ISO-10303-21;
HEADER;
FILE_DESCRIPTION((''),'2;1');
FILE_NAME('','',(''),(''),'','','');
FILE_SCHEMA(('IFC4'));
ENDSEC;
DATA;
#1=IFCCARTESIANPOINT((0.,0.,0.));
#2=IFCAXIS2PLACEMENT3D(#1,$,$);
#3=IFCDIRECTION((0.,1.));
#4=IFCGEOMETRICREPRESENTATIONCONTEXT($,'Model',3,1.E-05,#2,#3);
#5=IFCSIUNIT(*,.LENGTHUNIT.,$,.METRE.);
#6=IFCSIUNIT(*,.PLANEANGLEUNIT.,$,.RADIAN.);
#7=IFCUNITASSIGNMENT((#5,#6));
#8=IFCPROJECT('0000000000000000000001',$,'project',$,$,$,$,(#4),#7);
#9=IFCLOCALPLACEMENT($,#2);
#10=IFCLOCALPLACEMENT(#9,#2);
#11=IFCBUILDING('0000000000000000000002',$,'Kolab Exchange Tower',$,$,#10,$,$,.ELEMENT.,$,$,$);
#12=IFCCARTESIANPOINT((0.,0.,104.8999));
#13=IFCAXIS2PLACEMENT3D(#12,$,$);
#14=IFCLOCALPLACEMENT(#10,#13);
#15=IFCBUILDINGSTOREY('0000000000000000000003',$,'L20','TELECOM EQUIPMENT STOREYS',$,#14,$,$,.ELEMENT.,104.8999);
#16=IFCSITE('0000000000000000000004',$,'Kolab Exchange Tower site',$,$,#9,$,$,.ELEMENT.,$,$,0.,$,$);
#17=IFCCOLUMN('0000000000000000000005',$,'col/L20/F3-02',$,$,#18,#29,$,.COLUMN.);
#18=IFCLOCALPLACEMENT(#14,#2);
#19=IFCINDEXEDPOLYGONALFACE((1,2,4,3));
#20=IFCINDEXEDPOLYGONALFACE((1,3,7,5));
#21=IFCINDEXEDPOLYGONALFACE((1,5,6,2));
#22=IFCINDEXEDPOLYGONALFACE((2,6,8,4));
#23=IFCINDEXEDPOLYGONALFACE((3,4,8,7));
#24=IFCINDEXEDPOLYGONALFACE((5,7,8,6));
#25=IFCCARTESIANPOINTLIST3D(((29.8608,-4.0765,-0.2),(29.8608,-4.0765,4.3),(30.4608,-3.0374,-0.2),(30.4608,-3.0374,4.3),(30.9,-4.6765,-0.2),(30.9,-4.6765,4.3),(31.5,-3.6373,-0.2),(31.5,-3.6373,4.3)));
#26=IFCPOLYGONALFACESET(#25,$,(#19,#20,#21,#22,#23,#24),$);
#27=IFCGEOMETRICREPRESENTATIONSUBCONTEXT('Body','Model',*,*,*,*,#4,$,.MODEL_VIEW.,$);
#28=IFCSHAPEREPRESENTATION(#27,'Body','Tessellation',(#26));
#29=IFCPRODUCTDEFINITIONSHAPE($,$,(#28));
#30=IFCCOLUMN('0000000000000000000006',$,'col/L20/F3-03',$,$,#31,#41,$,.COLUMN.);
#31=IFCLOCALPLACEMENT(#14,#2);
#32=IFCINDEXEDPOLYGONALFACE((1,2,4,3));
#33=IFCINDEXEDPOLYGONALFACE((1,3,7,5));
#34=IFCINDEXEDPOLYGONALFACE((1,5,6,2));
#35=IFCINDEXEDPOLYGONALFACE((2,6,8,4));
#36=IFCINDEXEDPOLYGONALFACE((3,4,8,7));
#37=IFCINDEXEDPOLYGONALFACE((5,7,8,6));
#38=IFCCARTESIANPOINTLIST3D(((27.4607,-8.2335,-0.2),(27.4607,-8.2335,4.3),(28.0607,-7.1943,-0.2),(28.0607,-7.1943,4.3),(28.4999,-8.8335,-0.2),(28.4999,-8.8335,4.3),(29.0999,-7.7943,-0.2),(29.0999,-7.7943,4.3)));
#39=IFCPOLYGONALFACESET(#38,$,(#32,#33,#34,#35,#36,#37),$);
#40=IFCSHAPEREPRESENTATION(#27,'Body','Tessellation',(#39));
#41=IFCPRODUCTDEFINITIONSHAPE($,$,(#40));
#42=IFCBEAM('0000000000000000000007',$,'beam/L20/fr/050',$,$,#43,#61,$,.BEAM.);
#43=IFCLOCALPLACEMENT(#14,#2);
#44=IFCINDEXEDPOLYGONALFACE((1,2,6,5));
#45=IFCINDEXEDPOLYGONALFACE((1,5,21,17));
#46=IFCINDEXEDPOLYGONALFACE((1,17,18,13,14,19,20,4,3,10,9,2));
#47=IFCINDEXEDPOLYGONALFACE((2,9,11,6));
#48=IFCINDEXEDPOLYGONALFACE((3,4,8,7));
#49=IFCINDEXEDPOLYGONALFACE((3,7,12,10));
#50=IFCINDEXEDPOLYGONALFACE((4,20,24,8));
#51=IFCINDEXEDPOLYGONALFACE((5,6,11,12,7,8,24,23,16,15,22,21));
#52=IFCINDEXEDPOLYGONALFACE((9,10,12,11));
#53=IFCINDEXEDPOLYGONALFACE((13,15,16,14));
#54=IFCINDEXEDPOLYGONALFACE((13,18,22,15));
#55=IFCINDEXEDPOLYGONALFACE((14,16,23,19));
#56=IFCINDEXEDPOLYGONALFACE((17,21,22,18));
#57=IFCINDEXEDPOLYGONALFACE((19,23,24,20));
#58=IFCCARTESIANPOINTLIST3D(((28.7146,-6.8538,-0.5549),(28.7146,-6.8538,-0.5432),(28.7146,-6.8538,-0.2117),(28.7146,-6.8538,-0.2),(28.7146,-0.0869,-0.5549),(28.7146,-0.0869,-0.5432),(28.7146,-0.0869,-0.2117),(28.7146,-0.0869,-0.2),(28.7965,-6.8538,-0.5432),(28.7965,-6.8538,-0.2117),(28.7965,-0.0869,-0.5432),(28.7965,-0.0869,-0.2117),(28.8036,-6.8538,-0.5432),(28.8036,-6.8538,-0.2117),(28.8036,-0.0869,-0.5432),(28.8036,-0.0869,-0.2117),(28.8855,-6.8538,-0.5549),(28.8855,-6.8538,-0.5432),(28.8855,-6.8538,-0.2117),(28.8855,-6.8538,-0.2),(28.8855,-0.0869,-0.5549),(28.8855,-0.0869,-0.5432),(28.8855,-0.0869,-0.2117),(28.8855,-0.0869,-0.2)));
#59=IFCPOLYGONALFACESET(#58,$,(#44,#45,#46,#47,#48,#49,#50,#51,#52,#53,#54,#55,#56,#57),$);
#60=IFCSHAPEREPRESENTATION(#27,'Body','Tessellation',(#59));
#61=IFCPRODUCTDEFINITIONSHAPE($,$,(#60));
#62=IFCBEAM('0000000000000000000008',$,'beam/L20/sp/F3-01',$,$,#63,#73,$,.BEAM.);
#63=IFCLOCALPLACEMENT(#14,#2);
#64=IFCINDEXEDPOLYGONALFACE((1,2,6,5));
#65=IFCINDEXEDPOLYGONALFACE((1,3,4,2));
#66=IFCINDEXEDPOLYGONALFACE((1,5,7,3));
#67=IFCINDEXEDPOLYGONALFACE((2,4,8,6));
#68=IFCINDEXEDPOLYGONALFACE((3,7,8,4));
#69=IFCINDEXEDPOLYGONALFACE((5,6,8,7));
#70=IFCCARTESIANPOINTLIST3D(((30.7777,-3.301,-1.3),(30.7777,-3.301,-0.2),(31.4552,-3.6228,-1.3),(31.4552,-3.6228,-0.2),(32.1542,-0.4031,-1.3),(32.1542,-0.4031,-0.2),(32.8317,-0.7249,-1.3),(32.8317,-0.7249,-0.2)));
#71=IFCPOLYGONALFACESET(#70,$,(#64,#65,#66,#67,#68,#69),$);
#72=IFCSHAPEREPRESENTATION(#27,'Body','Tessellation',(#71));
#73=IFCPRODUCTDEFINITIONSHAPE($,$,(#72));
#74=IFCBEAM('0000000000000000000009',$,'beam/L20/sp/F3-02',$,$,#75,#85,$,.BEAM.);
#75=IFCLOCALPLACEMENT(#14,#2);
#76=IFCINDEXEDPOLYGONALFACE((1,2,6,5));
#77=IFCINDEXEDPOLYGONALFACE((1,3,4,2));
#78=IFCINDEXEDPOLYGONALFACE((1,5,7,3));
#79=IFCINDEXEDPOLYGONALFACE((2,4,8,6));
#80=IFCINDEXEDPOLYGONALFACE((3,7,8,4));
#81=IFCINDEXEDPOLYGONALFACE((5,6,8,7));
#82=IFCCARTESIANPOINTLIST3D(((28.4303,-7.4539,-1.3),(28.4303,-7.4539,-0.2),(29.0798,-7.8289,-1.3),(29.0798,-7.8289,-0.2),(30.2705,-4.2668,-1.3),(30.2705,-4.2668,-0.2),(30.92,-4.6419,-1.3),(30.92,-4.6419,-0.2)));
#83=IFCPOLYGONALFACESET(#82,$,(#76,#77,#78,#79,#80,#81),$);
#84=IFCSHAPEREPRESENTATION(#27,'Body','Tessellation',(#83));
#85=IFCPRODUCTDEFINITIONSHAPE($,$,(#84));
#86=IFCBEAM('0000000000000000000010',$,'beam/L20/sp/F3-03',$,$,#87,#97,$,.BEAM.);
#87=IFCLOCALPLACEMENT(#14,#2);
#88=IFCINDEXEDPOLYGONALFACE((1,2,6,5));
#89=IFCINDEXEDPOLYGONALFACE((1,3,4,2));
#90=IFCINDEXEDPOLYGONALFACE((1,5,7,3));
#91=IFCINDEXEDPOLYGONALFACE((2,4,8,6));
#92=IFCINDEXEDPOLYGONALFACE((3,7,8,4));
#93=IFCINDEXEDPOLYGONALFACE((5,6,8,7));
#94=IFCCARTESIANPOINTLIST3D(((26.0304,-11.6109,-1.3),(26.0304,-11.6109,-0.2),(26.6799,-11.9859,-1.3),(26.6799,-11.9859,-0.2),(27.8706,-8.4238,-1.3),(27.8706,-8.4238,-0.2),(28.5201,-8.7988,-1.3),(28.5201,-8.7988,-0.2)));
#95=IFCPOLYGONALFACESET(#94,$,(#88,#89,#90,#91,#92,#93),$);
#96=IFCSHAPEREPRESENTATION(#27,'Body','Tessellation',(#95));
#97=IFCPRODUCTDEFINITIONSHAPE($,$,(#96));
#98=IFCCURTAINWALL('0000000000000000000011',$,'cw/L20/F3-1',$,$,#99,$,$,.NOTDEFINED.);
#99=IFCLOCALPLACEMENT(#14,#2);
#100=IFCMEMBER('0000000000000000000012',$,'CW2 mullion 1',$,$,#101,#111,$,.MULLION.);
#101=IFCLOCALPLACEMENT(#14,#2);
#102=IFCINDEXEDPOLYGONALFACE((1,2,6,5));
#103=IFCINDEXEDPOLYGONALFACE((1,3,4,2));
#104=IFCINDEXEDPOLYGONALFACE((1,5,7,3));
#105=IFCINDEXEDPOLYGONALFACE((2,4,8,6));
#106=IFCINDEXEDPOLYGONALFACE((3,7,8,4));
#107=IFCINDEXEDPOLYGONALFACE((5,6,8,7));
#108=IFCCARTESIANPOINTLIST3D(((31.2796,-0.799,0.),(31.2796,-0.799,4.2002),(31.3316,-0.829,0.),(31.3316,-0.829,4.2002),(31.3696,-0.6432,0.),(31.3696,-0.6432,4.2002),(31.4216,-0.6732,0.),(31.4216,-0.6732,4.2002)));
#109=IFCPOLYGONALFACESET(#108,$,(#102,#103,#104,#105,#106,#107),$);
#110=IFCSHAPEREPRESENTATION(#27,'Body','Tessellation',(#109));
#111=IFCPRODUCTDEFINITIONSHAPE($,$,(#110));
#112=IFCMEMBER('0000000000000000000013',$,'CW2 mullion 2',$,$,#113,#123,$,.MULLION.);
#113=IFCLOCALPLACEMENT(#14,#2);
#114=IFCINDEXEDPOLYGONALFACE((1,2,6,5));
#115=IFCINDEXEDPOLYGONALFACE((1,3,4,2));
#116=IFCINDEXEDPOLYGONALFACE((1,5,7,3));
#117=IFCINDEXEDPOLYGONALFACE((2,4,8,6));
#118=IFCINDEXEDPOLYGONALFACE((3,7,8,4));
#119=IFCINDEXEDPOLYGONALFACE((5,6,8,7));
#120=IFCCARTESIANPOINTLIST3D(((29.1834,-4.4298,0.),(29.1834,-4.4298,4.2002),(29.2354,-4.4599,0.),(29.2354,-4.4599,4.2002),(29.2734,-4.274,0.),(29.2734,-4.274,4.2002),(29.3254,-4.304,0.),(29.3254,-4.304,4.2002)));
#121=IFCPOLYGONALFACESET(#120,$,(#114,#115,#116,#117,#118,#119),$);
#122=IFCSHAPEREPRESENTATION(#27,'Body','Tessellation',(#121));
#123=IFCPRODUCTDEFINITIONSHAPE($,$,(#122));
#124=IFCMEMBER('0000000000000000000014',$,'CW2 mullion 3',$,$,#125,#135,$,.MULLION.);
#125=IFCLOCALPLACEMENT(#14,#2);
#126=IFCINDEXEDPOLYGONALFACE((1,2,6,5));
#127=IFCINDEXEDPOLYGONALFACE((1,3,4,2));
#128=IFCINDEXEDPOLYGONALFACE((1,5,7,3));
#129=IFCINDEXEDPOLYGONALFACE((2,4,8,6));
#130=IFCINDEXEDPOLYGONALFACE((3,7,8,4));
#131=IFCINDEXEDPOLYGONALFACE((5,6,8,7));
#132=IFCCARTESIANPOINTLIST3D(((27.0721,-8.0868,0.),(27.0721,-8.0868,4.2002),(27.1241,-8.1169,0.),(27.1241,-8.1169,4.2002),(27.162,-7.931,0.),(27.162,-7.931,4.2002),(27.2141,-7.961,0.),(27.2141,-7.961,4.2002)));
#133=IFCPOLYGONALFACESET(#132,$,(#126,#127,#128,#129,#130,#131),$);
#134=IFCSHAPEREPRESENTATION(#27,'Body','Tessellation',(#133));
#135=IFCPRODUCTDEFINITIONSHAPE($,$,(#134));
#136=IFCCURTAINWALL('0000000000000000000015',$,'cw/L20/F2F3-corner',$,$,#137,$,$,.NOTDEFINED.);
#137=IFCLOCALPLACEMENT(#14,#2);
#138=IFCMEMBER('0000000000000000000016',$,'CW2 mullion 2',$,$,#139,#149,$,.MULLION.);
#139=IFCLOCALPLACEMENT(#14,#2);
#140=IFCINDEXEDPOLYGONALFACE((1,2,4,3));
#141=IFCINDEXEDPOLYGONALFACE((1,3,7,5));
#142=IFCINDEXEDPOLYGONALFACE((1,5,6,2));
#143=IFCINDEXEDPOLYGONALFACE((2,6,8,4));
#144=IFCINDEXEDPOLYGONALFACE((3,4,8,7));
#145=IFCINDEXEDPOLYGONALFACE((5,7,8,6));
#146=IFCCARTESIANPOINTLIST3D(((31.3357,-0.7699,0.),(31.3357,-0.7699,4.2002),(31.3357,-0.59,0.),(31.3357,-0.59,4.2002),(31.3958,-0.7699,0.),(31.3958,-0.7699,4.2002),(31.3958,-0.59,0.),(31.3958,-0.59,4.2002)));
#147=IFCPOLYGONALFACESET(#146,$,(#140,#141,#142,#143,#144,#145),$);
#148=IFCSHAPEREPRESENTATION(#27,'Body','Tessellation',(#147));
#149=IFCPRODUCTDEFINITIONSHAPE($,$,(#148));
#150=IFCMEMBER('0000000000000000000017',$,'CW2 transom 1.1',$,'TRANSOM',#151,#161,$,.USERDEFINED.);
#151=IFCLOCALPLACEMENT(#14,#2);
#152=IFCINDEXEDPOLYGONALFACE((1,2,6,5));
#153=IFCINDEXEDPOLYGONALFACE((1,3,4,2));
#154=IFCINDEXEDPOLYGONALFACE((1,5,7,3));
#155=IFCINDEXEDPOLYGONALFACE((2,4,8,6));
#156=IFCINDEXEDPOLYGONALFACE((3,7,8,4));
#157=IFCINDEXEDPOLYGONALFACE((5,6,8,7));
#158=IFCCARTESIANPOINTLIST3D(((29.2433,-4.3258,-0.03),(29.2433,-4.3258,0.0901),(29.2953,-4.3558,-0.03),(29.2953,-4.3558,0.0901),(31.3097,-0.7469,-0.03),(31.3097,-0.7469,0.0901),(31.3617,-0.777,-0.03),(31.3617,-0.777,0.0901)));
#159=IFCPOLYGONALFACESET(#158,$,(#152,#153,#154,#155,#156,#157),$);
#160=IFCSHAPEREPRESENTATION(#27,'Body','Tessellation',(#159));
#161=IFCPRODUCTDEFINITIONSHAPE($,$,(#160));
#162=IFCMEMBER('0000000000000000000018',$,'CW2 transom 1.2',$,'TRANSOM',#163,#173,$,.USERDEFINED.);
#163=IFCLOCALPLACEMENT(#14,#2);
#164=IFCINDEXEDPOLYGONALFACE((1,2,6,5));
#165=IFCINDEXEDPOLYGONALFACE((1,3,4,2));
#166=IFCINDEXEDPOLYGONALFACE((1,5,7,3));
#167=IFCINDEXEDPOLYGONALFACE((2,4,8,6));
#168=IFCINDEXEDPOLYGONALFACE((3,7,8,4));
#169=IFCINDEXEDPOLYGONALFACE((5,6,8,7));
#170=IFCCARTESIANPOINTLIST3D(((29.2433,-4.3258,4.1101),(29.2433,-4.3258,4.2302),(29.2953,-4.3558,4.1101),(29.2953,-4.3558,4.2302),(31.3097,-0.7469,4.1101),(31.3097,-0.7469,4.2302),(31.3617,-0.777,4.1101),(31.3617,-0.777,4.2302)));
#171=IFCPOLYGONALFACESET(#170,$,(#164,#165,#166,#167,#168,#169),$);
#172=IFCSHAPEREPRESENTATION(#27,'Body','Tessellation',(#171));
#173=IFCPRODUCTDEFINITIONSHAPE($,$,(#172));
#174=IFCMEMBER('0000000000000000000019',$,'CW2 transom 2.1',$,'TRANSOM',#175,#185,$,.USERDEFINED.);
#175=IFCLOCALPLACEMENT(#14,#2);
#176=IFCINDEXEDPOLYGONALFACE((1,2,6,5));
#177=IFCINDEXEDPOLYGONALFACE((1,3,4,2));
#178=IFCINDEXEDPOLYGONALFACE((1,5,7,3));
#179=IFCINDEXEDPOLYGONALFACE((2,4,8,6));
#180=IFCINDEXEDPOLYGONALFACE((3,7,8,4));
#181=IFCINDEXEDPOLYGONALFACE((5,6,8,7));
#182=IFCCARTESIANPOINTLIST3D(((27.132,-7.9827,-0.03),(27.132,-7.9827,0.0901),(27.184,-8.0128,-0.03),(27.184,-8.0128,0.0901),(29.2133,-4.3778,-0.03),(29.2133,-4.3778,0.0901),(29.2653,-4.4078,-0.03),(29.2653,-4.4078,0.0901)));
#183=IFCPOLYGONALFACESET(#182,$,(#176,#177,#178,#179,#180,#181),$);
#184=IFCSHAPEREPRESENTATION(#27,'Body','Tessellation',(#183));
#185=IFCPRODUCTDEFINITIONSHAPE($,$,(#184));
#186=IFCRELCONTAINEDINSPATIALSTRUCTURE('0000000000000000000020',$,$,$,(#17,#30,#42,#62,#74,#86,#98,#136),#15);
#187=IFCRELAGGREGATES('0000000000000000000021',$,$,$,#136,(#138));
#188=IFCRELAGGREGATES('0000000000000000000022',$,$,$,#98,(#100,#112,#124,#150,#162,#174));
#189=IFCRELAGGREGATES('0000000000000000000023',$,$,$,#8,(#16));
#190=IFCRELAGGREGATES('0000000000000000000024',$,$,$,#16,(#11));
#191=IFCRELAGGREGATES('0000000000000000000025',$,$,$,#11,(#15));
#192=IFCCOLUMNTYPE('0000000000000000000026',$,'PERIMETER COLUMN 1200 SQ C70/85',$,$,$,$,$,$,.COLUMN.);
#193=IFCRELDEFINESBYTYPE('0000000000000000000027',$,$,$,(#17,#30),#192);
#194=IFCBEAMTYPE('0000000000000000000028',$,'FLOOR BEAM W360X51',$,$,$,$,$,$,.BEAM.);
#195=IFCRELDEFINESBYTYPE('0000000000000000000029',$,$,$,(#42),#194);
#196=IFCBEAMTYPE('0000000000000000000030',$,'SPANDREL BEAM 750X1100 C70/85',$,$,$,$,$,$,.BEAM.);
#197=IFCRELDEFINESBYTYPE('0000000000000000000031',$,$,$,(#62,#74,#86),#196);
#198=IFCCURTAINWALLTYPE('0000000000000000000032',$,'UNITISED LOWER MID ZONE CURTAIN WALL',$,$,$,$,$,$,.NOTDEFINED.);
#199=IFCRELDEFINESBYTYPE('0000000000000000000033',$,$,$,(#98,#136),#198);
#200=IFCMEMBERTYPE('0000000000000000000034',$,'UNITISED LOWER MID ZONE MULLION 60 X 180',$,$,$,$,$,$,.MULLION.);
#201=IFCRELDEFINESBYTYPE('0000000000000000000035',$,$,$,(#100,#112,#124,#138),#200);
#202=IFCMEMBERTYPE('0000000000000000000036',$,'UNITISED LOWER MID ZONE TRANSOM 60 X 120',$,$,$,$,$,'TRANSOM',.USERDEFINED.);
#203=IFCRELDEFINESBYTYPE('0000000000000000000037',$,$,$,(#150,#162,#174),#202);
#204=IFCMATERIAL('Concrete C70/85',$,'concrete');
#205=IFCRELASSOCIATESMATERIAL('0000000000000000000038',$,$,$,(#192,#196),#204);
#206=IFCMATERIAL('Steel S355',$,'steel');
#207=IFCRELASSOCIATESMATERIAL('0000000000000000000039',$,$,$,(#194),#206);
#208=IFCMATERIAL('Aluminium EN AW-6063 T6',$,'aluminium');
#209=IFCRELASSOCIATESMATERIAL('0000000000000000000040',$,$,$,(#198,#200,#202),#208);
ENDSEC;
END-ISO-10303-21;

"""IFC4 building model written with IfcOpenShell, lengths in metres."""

from ifc_helpers import new_model, si_unit, direction, frame, origin, origin_2d, place, context, subcontext, project, spatial, rectangle, i_section, extrude, material, material_profile, profile_set, type_object, element, aggregate, save


model = new_model("IFC4")

# Units and contexts
model_context = context("Model", 3, precision=1e-05, world=origin(), true_north=direction((0.0, 1.0)))
body_context = subcontext(model_context, "Body", "Model", "MODEL_VIEW")
ifc_project = project(units=[si_unit("LENGTHUNIT", "METRE"), si_unit("PLANEANGLEUNIT", "RADIAN")], contexts=[model_context])

# Site, building, storey
site_placement = place(None, origin())
site = spatial("IfcSite", under=ifc_project, at=site_placement, Name="Kolab Exchange Tower site", CompositionType="ELEMENT", RefElevation=0.0)
building_placement = place(site_placement, origin())
building = spatial("IfcBuilding", under=site, at=building_placement, Name="Kolab Exchange Tower", CompositionType="ELEMENT")
storey_placement = place(building_placement, frame((0.0, 0.0, 104.8999)))
storey = spatial("IfcBuildingStorey", under=building, at=storey_placement, Name="L20", Description="TELECOM EQUIPMENT STOREYS", CompositionType="ELEMENT", Elevation=104.8999)

# Columns
ifc_material_1 = material(Name="Concrete C70/85", Category="concrete")
ifc_material_profile_1 = material_profile(ifc_material_1, rectangle(XDim=1.2, YDim=1.2, at=origin_2d()), Name="RC1200")
ifc_profile_set_1 = profile_set([ifc_material_profile_1], Name="Concrete C70/85")
column_type = type_object("IfcColumnType", Name="PERIMETER COLUMN 1200 SQ C70/85", PredefinedType="COLUMN", material=ifc_profile_set_1)
for number, where, z_axis, x_axis, name in (
    (1, (30.6804, -3.8569, -0.2), (0.0, 0.0, 1.0), (0.5, 0.866025, 0.0), "col/L20/F3-02"),
    (2, (28.2803, -8.0139, -0.2), (0.0, 0.0, 1.0), (0.5, 0.866025, 0.0), "col/L20/F3-03"),
):
    element("IfcColumn", number, at=place(storey_placement, frame(where, z_axis=z_axis, x_axis=x_axis)), inside=storey, type_object=column_type, Name=name, PredefinedType="COLUMN", context=body_context, shape_type="SweptSolid", body=[
        extrude(rectangle(XDim=1.2, YDim=1.2, at=origin_2d()), origin(), (0.0, 0.0, 1.0), 4.5),
    ])

# Beams
ifc_material_2 = material(Name="Steel S355", Category="steel")
ifc_material_profile_2 = material_profile(ifc_material_2, i_section(OverallWidth=0.1709, OverallDepth=0.355, WebThickness=0.0071, FlangeThickness=0.0117, at=origin_2d()), Name="W360X51")
ifc_profile_set_2 = profile_set([ifc_material_profile_2], Name="Steel S355")
beam_type_1 = type_object("IfcBeamType", Name="FLOOR BEAM W360X51", PredefinedType="BEAM", material=ifc_profile_set_2)
beam_1_placement = place(storey_placement, frame((28.8, -6.8538, -0.3774), z_axis=(0.0, 1.0, 0.0), x_axis=(-1.0, 0.0, 0.0)))
element("IfcBeam", 3, at=beam_1_placement, inside=storey, type_object=beam_type_1, Name="beam/L20/fr/050", PredefinedType="BEAM", context=body_context, shape_type="SweptSolid", body=[
    extrude(i_section(OverallWidth=0.1709, OverallDepth=0.355, WebThickness=0.0071, FlangeThickness=0.0117, at=origin_2d()), origin(), (0.0, 0.0, 1.0), 6.7668),
])
ifc_material_profile_3 = material_profile(ifc_material_1, rectangle(XDim=0.75, YDim=1.1001, at=origin_2d()), Name="RC750X1100")
ifc_profile_set_3 = profile_set([ifc_material_profile_3], Name="Concrete C70/85")
beam_type_2 = type_object("IfcBeamType", Name="SPANDREL BEAM 750X1100 C70/85", PredefinedType="BEAM", material=ifc_profile_set_3)
beam_2_placement = place(storey_placement, frame((32.4929, -0.564, -0.75), z_axis=(-0.429041, -0.903285, 0.0), x_axis=(0.903285, -0.429041, 0.0)))
element("IfcBeam", 4, at=beam_2_placement, inside=storey, type_object=beam_type_2, Name="beam/L20/sp/F3-01", PredefinedType="BEAM", context=body_context, shape_type="SweptSolid", body=[
    extrude(rectangle(XDim=0.75, YDim=1.1001, at=origin_2d()), origin(), (0.0, 0.0, 1.0), 3.2083),
])
for number, where, z_axis, x_axis, name in (
    (5, (30.5952, -4.4543, -0.75), (-0.500013, -0.866018, 0.0), (0.866018, -0.500013, 0.0), "beam/L20/sp/F3-02"),
    (6, (28.1953, -8.6113, -0.75), (-0.500013, -0.866018, 0.0), (0.866018, -0.500013, 0.0), "beam/L20/sp/F3-03"),
):
    element("IfcBeam", number, at=place(storey_placement, frame(where, z_axis=z_axis, x_axis=x_axis)), inside=storey, type_object=beam_type_2, Name=name, PredefinedType="BEAM", context=body_context, shape_type="SweptSolid", body=[
        extrude(rectangle(XDim=0.75, YDim=1.1001, at=origin_2d()), origin(), (0.0, 0.0, 1.0), 3.6802),
    ])

# Curtain wall, members
ifc_material_3 = material(Name="Aluminium EN AW-6063 T6", Category="aluminium")
curtain_wall_type = type_object("IfcCurtainWallType", Name="UNITISED LOWER MID ZONE CURTAIN WALL", PredefinedType="NOTDEFINED", material=ifc_material_3)
curtain_wall_1_placement = place(storey_placement, origin())
curtain_wall_1 = element("IfcCurtainWall", 7, at=curtain_wall_1_placement, inside=storey, type_object=curtain_wall_type, Name="cw/L20/F3-1", PredefinedType="NOTDEFINED")
ifc_material_profile_4 = material_profile(ifc_material_3, rectangle(XDim=0.0601, YDim=0.1799, at=origin_2d()), Name="RECT 60X180")
ifc_profile_set_4 = profile_set([ifc_material_profile_4], Name="Aluminium EN AW-6063 T6")
member_type_1 = type_object("IfcMemberType", Name="UNITISED LOWER MID ZONE MULLION 60 X 180", PredefinedType="MULLION", material=ifc_profile_set_4)
member_1_placement = place(storey_placement, frame((31.3506, -0.7361, 0.0), z_axis=(0.0, 0.0, 1.0), x_axis=(0.866025, -0.5, 0.0)))
member_1 = element("IfcMember", 8, at=member_1_placement, type_object=member_type_1, Name="CW2 mullion 1", PredefinedType="MULLION", context=body_context, shape_type="SweptSolid", body=[
    extrude(rectangle(XDim=0.0601, YDim=0.1799, at=origin_2d()), origin(), (0.0, 0.0, 1.0), 4.2002),
])
member_2_placement = place(storey_placement, frame((29.2544, -4.3669, 0.0), z_axis=(0.0, 0.0, 1.0), x_axis=(0.866025, -0.5, 0.0)))
member_2 = element("IfcMember", 9, at=member_2_placement, type_object=member_type_1, Name="CW2 mullion 2", PredefinedType="MULLION", context=body_context, shape_type="SweptSolid", body=[
    extrude(rectangle(XDim=0.0601, YDim=0.1799, at=origin_2d()), origin(), (0.0, 0.0, 1.0), 4.2002),
])
member_3_placement = place(storey_placement, frame((27.1431, -8.0239, 0.0), z_axis=(0.0, 0.0, 1.0), x_axis=(0.866025, -0.5, 0.0)))
member_3 = element("IfcMember", 10, at=member_3_placement, type_object=member_type_1, Name="CW2 mullion 3", PredefinedType="MULLION", context=body_context, shape_type="SweptSolid", body=[
    extrude(rectangle(XDim=0.0601, YDim=0.1799, at=origin_2d()), origin(), (0.0, 0.0, 1.0), 4.2002),
])

# Curtain wall, member
curtain_wall_2_placement = place(storey_placement, origin())
curtain_wall_2 = element("IfcCurtainWall", 11, at=curtain_wall_2_placement, inside=storey, type_object=curtain_wall_type, Name="cw/L20/F2F3-corner", PredefinedType="NOTDEFINED")
member_4_placement = place(storey_placement, frame((31.3657, -0.6799, 0.0), z_axis=(0.0, 0.0, 1.0), x_axis=(1.0, 0.0, 0.0)))
member_4 = element("IfcMember", 12, at=member_4_placement, type_object=member_type_1, Name="CW2 mullion 2", PredefinedType="MULLION", context=body_context, shape_type="SweptSolid", body=[
    extrude(rectangle(XDim=0.0601, YDim=0.1799, at=origin_2d()), origin(), (0.0, 0.0, 1.0), 4.2002),
])
aggregate(curtain_wall_2, [member_4])

# Members
ifc_material_profile_5 = material_profile(ifc_material_3, rectangle(XDim=0.0601, YDim=0.1201, at=origin_2d()), Name="RECT 60X120")
ifc_profile_set_5 = profile_set([ifc_material_profile_5], Name="Aluminium EN AW-6063 T6")
member_type_2 = type_object("IfcMemberType", Name="UNITISED LOWER MID ZONE TRANSOM 60 X 120", ElementType="TRANSOM", PredefinedType="USERDEFINED", material=ifc_profile_set_5)
member_5_placement = place(storey_placement, frame((31.3357, -0.762, 0.03), z_axis=(-0.500028, -0.866009, 0.0), x_axis=(0.866009, -0.500028, 0.0)))
member_5 = element("IfcMember", 13, at=member_5_placement, type_object=member_type_2, Name="CW2 transom 1.1", ObjectType="TRANSOM", PredefinedType="USERDEFINED", context=body_context, shape_type="SweptSolid", body=[
    extrude(rectangle(XDim=0.0601, YDim=0.1201, at=origin_2d()), origin(), (0.0, 0.0, 1.0), 4.1326),
])
member_6_placement = place(storey_placement, frame((31.3357, -0.762, 4.1702), z_axis=(-0.500028, -0.866009, 0.0), x_axis=(0.866009, -0.500028, 0.0)))
member_6 = element("IfcMember", 14, at=member_6_placement, type_object=member_type_2, Name="CW2 transom 1.2", ObjectType="TRANSOM", PredefinedType="USERDEFINED", context=body_context, shape_type="SweptSolid", body=[
    extrude(rectangle(XDim=0.0601, YDim=0.1201, at=origin_2d()), origin(), (0.0, 0.0, 1.0), 4.1326),
])
member_7_placement = place(storey_placement, frame((29.2393, -4.3928, 0.03), z_axis=(-0.499993, -0.866029, 0.0), x_axis=(0.866029, -0.499993, 0.0)))
member_7 = element("IfcMember", 15, at=member_7_placement, type_object=member_type_2, Name="CW2 transom 2.1", ObjectType="TRANSOM", PredefinedType="USERDEFINED", context=body_context, shape_type="SweptSolid", body=[
    extrude(rectangle(XDim=0.0601, YDim=0.1201, at=origin_2d()), origin(), (0.0, 0.0, 1.0), 4.1626),
])

aggregate(curtain_wall_1, [member_1, member_2, member_3, member_5, member_6, member_7])

save(model, "model.ifc")
